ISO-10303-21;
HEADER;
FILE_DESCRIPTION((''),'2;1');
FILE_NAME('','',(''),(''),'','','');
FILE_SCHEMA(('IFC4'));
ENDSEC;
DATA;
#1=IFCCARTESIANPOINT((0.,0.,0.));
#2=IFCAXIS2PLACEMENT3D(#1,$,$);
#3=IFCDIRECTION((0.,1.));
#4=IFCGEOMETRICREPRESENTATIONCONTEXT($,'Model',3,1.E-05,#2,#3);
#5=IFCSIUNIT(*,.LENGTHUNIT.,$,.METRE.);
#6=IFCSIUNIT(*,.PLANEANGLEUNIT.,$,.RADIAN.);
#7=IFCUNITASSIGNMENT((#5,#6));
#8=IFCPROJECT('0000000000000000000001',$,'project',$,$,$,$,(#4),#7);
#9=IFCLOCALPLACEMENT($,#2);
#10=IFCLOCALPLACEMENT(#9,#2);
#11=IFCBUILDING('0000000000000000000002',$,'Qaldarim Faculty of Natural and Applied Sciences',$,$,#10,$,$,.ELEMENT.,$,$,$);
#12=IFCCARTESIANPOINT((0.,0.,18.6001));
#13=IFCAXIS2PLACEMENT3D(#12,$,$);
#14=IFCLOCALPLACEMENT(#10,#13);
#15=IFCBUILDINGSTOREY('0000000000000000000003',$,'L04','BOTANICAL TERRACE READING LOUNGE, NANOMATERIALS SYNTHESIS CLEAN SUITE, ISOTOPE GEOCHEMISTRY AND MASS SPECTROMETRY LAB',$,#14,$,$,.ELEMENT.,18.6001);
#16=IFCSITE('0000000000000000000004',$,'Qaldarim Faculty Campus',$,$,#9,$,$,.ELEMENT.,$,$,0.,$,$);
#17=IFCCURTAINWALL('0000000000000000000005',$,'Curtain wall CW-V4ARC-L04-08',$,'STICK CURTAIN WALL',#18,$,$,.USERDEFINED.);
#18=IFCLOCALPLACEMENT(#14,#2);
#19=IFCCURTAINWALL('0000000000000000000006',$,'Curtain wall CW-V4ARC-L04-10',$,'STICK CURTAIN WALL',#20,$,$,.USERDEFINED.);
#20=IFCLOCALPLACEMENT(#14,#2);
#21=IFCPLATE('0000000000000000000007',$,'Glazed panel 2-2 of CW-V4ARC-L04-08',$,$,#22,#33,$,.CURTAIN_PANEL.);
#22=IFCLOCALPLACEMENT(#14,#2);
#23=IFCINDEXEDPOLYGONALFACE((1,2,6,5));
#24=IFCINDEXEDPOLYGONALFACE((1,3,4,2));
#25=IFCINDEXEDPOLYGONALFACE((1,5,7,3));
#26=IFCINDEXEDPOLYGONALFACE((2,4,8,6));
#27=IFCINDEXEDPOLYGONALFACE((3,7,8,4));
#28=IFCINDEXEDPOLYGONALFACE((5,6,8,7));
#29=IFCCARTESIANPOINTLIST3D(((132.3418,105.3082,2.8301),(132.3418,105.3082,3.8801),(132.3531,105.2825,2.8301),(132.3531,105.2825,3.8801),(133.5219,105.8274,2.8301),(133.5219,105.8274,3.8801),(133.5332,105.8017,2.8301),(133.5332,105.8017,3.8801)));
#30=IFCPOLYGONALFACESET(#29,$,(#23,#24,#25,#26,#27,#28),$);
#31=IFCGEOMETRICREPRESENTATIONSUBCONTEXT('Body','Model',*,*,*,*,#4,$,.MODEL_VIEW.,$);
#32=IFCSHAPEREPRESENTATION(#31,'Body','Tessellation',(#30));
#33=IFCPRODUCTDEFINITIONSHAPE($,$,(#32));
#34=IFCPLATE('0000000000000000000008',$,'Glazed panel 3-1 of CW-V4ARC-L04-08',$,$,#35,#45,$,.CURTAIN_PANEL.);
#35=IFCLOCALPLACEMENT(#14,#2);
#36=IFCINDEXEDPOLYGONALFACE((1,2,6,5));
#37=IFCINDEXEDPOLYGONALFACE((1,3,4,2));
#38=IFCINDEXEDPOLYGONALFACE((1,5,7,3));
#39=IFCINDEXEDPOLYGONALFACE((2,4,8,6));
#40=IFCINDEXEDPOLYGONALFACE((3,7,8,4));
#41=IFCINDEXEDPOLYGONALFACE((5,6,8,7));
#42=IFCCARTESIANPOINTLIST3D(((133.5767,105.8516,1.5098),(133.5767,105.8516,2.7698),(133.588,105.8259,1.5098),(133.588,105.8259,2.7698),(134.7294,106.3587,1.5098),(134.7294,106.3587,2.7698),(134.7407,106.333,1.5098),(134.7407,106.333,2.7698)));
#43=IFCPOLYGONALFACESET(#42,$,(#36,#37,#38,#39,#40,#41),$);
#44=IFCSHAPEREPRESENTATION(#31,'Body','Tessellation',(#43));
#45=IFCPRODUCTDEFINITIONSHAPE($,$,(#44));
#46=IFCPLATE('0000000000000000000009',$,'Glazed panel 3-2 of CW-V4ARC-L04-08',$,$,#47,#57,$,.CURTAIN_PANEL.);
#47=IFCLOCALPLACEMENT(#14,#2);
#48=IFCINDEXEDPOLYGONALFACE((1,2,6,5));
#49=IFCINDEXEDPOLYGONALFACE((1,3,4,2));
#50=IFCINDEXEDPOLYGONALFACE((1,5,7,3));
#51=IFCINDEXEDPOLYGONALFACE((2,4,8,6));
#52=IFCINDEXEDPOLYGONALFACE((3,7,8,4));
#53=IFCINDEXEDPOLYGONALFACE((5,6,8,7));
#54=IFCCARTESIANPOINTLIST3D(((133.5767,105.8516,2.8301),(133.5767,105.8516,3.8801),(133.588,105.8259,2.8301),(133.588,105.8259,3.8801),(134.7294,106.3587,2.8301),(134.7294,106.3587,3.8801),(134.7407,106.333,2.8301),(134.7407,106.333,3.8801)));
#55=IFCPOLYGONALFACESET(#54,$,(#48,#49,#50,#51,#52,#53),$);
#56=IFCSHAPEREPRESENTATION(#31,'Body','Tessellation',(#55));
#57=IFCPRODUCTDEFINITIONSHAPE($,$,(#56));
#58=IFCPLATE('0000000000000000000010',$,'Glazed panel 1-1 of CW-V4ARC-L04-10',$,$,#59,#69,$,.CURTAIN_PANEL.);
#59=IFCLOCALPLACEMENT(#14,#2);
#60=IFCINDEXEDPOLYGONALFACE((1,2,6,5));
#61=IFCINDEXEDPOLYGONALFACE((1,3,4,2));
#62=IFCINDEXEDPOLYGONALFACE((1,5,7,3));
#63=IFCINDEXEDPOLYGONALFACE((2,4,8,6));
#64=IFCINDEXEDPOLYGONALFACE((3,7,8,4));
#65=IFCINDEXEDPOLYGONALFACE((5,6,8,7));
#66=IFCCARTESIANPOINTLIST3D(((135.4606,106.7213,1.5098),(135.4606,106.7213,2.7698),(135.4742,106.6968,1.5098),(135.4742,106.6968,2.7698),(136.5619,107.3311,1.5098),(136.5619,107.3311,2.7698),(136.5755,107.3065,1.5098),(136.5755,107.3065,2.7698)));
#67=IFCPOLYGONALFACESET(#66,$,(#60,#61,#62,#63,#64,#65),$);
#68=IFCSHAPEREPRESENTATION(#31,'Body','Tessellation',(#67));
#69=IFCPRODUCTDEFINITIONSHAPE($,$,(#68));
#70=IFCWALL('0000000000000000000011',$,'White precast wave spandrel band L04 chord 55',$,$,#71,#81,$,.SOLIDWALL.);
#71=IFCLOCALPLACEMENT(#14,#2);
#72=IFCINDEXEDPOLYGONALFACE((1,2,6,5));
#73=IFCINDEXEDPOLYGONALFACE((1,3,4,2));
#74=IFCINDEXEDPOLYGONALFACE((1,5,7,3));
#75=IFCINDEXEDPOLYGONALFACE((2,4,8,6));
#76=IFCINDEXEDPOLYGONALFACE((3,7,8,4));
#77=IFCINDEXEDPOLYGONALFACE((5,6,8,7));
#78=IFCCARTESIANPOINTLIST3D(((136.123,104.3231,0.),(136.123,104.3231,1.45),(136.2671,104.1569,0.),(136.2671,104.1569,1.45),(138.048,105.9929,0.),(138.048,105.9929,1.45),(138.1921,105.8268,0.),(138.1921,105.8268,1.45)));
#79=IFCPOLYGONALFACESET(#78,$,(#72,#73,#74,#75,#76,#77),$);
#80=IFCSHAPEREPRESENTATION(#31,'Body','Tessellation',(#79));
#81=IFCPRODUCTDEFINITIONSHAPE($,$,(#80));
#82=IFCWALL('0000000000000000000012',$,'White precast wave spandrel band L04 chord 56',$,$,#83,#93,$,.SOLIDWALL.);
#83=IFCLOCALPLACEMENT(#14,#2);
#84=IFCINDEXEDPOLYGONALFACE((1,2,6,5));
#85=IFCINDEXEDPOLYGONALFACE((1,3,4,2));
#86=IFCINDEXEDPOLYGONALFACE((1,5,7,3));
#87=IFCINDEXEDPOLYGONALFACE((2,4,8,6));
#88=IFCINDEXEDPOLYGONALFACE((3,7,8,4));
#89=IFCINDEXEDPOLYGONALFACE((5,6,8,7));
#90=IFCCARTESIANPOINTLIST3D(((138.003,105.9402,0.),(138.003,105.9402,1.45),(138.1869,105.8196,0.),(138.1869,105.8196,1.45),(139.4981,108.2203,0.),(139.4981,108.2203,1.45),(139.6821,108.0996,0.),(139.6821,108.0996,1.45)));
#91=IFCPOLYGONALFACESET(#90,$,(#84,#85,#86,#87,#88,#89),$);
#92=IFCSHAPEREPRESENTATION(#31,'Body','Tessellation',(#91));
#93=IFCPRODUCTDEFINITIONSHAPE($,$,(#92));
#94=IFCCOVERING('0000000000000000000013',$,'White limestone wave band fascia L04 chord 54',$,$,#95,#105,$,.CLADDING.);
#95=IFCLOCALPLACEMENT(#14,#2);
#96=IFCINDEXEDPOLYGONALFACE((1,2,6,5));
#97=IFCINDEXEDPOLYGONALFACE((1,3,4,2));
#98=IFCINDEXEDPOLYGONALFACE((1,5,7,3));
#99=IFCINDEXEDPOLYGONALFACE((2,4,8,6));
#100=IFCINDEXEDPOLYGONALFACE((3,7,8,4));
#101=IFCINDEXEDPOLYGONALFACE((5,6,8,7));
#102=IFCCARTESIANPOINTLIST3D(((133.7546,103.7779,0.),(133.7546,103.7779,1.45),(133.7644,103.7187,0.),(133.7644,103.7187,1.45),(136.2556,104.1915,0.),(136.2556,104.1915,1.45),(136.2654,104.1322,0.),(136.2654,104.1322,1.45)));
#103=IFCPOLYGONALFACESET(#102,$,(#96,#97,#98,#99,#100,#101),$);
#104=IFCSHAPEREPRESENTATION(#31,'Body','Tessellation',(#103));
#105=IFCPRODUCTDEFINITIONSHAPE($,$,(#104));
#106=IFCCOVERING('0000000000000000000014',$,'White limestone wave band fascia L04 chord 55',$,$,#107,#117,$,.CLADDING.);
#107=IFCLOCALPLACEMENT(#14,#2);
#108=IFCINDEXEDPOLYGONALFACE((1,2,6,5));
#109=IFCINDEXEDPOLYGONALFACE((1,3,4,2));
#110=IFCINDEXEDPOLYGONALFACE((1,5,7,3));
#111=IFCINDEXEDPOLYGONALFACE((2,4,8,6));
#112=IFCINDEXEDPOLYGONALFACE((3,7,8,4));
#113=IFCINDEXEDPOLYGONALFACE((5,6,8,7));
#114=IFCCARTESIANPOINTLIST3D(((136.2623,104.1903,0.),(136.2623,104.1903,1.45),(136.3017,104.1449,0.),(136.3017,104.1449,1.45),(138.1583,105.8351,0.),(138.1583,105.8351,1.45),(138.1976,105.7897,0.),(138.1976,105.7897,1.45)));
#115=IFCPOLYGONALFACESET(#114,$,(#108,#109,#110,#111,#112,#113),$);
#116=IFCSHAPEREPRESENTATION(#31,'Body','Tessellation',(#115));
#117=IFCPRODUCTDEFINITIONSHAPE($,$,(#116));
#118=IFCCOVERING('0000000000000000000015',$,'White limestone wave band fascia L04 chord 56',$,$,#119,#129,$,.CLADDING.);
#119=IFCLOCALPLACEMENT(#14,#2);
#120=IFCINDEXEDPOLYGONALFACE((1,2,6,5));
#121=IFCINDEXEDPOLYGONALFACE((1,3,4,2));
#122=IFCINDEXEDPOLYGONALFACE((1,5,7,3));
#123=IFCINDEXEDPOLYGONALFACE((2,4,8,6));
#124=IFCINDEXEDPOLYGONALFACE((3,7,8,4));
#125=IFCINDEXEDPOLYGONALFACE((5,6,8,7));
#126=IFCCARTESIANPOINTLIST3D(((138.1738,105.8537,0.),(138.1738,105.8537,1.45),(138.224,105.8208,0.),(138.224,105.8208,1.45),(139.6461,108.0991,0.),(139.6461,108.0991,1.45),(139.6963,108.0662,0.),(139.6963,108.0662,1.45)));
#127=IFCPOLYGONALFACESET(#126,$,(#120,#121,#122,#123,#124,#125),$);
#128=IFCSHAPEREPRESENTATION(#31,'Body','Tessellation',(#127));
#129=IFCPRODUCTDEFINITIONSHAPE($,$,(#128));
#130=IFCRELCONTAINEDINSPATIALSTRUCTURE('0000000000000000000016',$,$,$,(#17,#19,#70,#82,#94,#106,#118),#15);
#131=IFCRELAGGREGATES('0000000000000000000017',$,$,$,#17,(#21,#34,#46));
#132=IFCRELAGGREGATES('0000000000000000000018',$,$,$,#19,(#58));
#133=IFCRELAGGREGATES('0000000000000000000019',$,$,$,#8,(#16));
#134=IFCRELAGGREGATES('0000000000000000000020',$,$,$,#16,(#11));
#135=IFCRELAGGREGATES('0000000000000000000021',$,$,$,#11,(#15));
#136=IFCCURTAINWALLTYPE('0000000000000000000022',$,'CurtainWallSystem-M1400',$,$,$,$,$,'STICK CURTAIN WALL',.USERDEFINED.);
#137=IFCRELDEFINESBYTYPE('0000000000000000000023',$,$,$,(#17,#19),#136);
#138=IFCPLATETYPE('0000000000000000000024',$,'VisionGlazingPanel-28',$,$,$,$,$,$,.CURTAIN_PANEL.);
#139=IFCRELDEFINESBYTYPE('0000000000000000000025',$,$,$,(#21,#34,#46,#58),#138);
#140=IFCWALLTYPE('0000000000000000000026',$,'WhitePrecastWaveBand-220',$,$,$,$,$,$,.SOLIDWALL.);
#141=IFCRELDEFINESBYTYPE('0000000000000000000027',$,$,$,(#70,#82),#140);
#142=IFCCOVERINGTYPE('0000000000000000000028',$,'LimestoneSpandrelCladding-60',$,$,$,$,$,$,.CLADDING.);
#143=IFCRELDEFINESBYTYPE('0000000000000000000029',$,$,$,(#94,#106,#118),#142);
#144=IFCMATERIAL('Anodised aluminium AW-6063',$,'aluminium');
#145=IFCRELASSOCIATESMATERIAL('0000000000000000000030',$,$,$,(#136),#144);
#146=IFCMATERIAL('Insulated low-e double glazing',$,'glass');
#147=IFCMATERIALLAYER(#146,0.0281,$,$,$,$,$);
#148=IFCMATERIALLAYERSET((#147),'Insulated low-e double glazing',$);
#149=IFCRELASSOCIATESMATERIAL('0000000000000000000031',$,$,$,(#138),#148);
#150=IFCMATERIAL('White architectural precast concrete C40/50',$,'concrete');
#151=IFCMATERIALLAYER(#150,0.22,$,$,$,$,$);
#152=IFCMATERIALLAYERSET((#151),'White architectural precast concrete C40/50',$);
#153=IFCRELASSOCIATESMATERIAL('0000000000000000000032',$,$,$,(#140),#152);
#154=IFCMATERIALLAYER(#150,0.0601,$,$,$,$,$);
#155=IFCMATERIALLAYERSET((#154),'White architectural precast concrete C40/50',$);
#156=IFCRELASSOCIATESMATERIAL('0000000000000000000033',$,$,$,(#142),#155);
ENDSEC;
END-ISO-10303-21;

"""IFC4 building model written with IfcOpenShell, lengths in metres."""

from ifc_helpers import new_model, si_unit, direction, frame, frame_2d, origin, origin_2d, place, context, subcontext, project, spatial, rectangle, extrude, material, layer, layer_set, type_object, element, aggregate, save


model = new_model("IFC4")

# Units and contexts
model_context = context("Model", 3, precision=1e-05, world=origin(), true_north=direction((0.0, 1.0)))
body_context = subcontext(model_context, "Body", "Model", "MODEL_VIEW")
ifc_project = project(units=[si_unit("LENGTHUNIT", "METRE"), si_unit("PLANEANGLEUNIT", "RADIAN")], contexts=[model_context])

# Site, building, storey
site_placement = place(None, origin())
site = spatial("IfcSite", under=ifc_project, at=site_placement, Name="Qaldarim Faculty Campus", CompositionType="ELEMENT", RefElevation=0.0)
building_placement = place(site_placement, origin())
building = spatial("IfcBuilding", under=site, at=building_placement, Name="Qaldarim Faculty of Natural and Applied Sciences", CompositionType="ELEMENT")
storey_placement = place(building_placement, frame((0.0, 0.0, 18.6001)))
storey = spatial("IfcBuildingStorey", under=building, at=storey_placement, Name="L04", Description="BOTANICAL TERRACE READING LOUNGE, NANOMATERIALS SYNTHESIS CLEAN SUITE, ISOTOPE GEOCHEMISTRY AND MASS SPECTROMETRY LAB", CompositionType="ELEMENT", Elevation=18.6001)

# Curtain wall
ifc_material_1 = material(Name="Anodised aluminium AW-6063", Category="aluminium")
curtain_wall_type = type_object("IfcCurtainWallType", Name="CurtainWallSystem-M1400", ElementType="STICK CURTAIN WALL", PredefinedType="USERDEFINED", material=ifc_material_1)
curtain_wall_1_placement = place(storey_placement, origin())
curtain_wall_1 = element("IfcCurtainWall", 1, at=curtain_wall_1_placement, inside=storey, type_object=curtain_wall_type, Name="Curtain wall CW-V4ARC-L04-08", ObjectType="STICK CURTAIN WALL", PredefinedType="USERDEFINED")

# Curtain wall
curtain_wall_2_placement = place(storey_placement, origin())
curtain_wall_2 = element("IfcCurtainWall", 2, at=curtain_wall_2_placement, inside=storey, type_object=curtain_wall_type, Name="Curtain wall CW-V4ARC-L04-10", ObjectType="STICK CURTAIN WALL", PredefinedType="USERDEFINED")

# Plates
ifc_material_2 = material(Name="Insulated low-e double glazing", Category="glass")
ifc_layer_1 = layer(ifc_material_2, 0.0281)
ifc_layer_set_1 = layer_set([ifc_layer_1], Name="Insulated low-e double glazing")
plate_type = type_object("IfcPlateType", Name="VisionGlazingPanel-28", PredefinedType="CURTAIN_PANEL", material=ifc_layer_set_1)
plate_1_placement = place(storey_placement, frame((132.9375, 105.5549, 2.8301), z_axis=(0.0, 0.0, 1.0), x_axis=(0.915333, 0.402699, 0.0)))
plate_1 = element("IfcPlate", 3, at=plate_1_placement, type_object=plate_type, Name="Glazed panel 2-2 of CW-V4ARC-L04-08", PredefinedType="CURTAIN_PANEL", context=body_context, shape_type="SweptSolid", body=[
    extrude(rectangle(XDim=1.2893, YDim=0.0281, at=origin_2d()), origin(), (0.0, 0.0, 1.0), 1.05),
])
plate_2_placement = place(storey_placement, frame((134.1587, 106.0923, 1.5098), z_axis=(0.0, 0.0, 1.0), x_axis=(0.915333, 0.402699, 0.0)))
plate_2 = element("IfcPlate", 4, at=plate_2_placement, type_object=plate_type, Name="Glazed panel 3-1 of CW-V4ARC-L04-08", PredefinedType="CURTAIN_PANEL", context=body_context, shape_type="SweptSolid", body=[
    extrude(rectangle(XDim=1.2593, YDim=0.0281, at=origin_2d()), origin(), (0.0, 0.0, 1.0), 1.26),
])
plate_3_placement = place(storey_placement, frame((134.1587, 106.0923, 2.8301), z_axis=(0.0, 0.0, 1.0), x_axis=(0.915333, 0.402699, 0.0)))
plate_3 = element("IfcPlate", 5, at=plate_3_placement, type_object=plate_type, Name="Glazed panel 3-2 of CW-V4ARC-L04-08", PredefinedType="CURTAIN_PANEL", context=body_context, shape_type="SweptSolid", body=[
    extrude(rectangle(XDim=1.2593, YDim=0.0281, at=origin_2d()), origin(), (0.0, 0.0, 1.0), 1.05),
])
aggregate(curtain_wall_1, [plate_1, plate_2, plate_3])
plate_4_placement = place(storey_placement, frame((136.0181, 107.0139, 1.5098), z_axis=(0.0, 0.0, 1.0), x_axis=(0.874857, 0.484382, 0.0)))
plate_4 = element("IfcPlate", 6, at=plate_4_placement, type_object=plate_type, Name="Glazed panel 1-1 of CW-V4ARC-L04-10", PredefinedType="CURTAIN_PANEL", context=body_context, shape_type="SweptSolid", body=[
    extrude(rectangle(XDim=1.2588, YDim=0.0281, at=origin_2d()), origin(), (0.0, 0.0, 1.0), 1.26),
])
aggregate(curtain_wall_2, [plate_4])

# Walls
ifc_material_3 = material(Name="White architectural precast concrete C40/50", Category="concrete")
ifc_layer_2 = layer(ifc_material_3, 0.22)
ifc_layer_set_2 = layer_set([ifc_layer_2], Name="White architectural precast concrete C40/50")
wall_type = type_object("IfcWallType", Name="WhitePrecastWaveBand-220", PredefinedType="SOLIDWALL", material=ifc_layer_set_2)
wall_1_placement = place(storey_placement, frame((136.1951, 104.24, 0.0), z_axis=(0.0, 0.0, 1.0), x_axis=(0.755389, 0.655277, 0.0)))
element("IfcWall", 7, at=wall_1_placement, inside=storey, type_object=wall_type, Name="White precast wave spandrel band L04 chord 55", PredefinedType="SOLIDWALL", context=body_context, shape_type="SweptSolid", body=[
    extrude(rectangle(XDim=2.5483, YDim=0.22, at=frame_2d((1.2742, 0.0))), origin(), (0.0, 0.0, 1.0), 1.45),
])
wall_2_placement = place(storey_placement, frame((138.095, 105.8799, 0.0), z_axis=(0.0, 0.0, 1.0), x_axis=(0.548361, 0.836242, 0.0)))
element("IfcWall", 8, at=wall_2_placement, inside=storey, type_object=wall_type, Name="White precast wave spandrel band L04 chord 56", PredefinedType="SOLIDWALL", context=body_context, shape_type="SweptSolid", body=[
    extrude(rectangle(XDim=2.7266, YDim=0.22, at=frame_2d((1.3633, 0.0))), origin(), (0.0, 0.0, 1.0), 1.45),
])

# Coverings
ifc_layer_3 = layer(ifc_material_3, 0.0601)
ifc_layer_set_3 = layer_set([ifc_layer_3], Name="White architectural precast concrete C40/50")
covering_type = type_object("IfcCoveringType", Name="LimestoneSpandrelCladding-60", PredefinedType="CLADDING", material=ifc_layer_set_3)
covering_1_placement = place(storey_placement, frame((135.01, 103.9551, 0.0), z_axis=(0.0, 0.0, 1.0), x_axis=(0.986603, 0.163137, 0.0)))
element("IfcCovering", 9, at=covering_1_placement, inside=storey, type_object=covering_type, Name="White limestone wave band fascia L04 chord 54", PredefinedType="CLADDING", context=body_context, shape_type="SweptSolid", body=[
    extrude(rectangle(XDim=2.5349, YDim=0.0601, at=origin_2d()), origin(), (0.0, 0.0, 1.0), 1.45),
])
covering_2_placement = place(storey_placement, frame((137.23, 104.99, 0.0), z_axis=(0.0, 0.0, 1.0), x_axis=(0.755362, 0.655308, 0.0)))
element("IfcCovering", 10, at=covering_2_placement, inside=storey, type_object=covering_type, Name="White limestone wave band fascia L04 chord 55", PredefinedType="CLADDING", context=body_context, shape_type="SweptSolid", body=[
    extrude(rectangle(XDim=2.51, YDim=0.0601, at=origin_2d()), origin(), (0.0, 0.0, 1.0), 1.45),
])
covering_3_placement = place(storey_placement, frame((138.9351, 106.96, 0.0), z_axis=(0.0, 0.0, 1.0), x_axis=(0.548337, 0.836257, 0.0)))
element("IfcCovering", 11, at=covering_3_placement, inside=storey, type_object=covering_type, Name="White limestone wave band fascia L04 chord 56", PredefinedType="CLADDING", context=body_context, shape_type="SweptSolid", body=[
    extrude(rectangle(XDim=2.6851, YDim=0.0601, at=origin_2d()), origin(), (0.0, 0.0, 1.0), 1.45),
])

save(model, "model.ifc")
